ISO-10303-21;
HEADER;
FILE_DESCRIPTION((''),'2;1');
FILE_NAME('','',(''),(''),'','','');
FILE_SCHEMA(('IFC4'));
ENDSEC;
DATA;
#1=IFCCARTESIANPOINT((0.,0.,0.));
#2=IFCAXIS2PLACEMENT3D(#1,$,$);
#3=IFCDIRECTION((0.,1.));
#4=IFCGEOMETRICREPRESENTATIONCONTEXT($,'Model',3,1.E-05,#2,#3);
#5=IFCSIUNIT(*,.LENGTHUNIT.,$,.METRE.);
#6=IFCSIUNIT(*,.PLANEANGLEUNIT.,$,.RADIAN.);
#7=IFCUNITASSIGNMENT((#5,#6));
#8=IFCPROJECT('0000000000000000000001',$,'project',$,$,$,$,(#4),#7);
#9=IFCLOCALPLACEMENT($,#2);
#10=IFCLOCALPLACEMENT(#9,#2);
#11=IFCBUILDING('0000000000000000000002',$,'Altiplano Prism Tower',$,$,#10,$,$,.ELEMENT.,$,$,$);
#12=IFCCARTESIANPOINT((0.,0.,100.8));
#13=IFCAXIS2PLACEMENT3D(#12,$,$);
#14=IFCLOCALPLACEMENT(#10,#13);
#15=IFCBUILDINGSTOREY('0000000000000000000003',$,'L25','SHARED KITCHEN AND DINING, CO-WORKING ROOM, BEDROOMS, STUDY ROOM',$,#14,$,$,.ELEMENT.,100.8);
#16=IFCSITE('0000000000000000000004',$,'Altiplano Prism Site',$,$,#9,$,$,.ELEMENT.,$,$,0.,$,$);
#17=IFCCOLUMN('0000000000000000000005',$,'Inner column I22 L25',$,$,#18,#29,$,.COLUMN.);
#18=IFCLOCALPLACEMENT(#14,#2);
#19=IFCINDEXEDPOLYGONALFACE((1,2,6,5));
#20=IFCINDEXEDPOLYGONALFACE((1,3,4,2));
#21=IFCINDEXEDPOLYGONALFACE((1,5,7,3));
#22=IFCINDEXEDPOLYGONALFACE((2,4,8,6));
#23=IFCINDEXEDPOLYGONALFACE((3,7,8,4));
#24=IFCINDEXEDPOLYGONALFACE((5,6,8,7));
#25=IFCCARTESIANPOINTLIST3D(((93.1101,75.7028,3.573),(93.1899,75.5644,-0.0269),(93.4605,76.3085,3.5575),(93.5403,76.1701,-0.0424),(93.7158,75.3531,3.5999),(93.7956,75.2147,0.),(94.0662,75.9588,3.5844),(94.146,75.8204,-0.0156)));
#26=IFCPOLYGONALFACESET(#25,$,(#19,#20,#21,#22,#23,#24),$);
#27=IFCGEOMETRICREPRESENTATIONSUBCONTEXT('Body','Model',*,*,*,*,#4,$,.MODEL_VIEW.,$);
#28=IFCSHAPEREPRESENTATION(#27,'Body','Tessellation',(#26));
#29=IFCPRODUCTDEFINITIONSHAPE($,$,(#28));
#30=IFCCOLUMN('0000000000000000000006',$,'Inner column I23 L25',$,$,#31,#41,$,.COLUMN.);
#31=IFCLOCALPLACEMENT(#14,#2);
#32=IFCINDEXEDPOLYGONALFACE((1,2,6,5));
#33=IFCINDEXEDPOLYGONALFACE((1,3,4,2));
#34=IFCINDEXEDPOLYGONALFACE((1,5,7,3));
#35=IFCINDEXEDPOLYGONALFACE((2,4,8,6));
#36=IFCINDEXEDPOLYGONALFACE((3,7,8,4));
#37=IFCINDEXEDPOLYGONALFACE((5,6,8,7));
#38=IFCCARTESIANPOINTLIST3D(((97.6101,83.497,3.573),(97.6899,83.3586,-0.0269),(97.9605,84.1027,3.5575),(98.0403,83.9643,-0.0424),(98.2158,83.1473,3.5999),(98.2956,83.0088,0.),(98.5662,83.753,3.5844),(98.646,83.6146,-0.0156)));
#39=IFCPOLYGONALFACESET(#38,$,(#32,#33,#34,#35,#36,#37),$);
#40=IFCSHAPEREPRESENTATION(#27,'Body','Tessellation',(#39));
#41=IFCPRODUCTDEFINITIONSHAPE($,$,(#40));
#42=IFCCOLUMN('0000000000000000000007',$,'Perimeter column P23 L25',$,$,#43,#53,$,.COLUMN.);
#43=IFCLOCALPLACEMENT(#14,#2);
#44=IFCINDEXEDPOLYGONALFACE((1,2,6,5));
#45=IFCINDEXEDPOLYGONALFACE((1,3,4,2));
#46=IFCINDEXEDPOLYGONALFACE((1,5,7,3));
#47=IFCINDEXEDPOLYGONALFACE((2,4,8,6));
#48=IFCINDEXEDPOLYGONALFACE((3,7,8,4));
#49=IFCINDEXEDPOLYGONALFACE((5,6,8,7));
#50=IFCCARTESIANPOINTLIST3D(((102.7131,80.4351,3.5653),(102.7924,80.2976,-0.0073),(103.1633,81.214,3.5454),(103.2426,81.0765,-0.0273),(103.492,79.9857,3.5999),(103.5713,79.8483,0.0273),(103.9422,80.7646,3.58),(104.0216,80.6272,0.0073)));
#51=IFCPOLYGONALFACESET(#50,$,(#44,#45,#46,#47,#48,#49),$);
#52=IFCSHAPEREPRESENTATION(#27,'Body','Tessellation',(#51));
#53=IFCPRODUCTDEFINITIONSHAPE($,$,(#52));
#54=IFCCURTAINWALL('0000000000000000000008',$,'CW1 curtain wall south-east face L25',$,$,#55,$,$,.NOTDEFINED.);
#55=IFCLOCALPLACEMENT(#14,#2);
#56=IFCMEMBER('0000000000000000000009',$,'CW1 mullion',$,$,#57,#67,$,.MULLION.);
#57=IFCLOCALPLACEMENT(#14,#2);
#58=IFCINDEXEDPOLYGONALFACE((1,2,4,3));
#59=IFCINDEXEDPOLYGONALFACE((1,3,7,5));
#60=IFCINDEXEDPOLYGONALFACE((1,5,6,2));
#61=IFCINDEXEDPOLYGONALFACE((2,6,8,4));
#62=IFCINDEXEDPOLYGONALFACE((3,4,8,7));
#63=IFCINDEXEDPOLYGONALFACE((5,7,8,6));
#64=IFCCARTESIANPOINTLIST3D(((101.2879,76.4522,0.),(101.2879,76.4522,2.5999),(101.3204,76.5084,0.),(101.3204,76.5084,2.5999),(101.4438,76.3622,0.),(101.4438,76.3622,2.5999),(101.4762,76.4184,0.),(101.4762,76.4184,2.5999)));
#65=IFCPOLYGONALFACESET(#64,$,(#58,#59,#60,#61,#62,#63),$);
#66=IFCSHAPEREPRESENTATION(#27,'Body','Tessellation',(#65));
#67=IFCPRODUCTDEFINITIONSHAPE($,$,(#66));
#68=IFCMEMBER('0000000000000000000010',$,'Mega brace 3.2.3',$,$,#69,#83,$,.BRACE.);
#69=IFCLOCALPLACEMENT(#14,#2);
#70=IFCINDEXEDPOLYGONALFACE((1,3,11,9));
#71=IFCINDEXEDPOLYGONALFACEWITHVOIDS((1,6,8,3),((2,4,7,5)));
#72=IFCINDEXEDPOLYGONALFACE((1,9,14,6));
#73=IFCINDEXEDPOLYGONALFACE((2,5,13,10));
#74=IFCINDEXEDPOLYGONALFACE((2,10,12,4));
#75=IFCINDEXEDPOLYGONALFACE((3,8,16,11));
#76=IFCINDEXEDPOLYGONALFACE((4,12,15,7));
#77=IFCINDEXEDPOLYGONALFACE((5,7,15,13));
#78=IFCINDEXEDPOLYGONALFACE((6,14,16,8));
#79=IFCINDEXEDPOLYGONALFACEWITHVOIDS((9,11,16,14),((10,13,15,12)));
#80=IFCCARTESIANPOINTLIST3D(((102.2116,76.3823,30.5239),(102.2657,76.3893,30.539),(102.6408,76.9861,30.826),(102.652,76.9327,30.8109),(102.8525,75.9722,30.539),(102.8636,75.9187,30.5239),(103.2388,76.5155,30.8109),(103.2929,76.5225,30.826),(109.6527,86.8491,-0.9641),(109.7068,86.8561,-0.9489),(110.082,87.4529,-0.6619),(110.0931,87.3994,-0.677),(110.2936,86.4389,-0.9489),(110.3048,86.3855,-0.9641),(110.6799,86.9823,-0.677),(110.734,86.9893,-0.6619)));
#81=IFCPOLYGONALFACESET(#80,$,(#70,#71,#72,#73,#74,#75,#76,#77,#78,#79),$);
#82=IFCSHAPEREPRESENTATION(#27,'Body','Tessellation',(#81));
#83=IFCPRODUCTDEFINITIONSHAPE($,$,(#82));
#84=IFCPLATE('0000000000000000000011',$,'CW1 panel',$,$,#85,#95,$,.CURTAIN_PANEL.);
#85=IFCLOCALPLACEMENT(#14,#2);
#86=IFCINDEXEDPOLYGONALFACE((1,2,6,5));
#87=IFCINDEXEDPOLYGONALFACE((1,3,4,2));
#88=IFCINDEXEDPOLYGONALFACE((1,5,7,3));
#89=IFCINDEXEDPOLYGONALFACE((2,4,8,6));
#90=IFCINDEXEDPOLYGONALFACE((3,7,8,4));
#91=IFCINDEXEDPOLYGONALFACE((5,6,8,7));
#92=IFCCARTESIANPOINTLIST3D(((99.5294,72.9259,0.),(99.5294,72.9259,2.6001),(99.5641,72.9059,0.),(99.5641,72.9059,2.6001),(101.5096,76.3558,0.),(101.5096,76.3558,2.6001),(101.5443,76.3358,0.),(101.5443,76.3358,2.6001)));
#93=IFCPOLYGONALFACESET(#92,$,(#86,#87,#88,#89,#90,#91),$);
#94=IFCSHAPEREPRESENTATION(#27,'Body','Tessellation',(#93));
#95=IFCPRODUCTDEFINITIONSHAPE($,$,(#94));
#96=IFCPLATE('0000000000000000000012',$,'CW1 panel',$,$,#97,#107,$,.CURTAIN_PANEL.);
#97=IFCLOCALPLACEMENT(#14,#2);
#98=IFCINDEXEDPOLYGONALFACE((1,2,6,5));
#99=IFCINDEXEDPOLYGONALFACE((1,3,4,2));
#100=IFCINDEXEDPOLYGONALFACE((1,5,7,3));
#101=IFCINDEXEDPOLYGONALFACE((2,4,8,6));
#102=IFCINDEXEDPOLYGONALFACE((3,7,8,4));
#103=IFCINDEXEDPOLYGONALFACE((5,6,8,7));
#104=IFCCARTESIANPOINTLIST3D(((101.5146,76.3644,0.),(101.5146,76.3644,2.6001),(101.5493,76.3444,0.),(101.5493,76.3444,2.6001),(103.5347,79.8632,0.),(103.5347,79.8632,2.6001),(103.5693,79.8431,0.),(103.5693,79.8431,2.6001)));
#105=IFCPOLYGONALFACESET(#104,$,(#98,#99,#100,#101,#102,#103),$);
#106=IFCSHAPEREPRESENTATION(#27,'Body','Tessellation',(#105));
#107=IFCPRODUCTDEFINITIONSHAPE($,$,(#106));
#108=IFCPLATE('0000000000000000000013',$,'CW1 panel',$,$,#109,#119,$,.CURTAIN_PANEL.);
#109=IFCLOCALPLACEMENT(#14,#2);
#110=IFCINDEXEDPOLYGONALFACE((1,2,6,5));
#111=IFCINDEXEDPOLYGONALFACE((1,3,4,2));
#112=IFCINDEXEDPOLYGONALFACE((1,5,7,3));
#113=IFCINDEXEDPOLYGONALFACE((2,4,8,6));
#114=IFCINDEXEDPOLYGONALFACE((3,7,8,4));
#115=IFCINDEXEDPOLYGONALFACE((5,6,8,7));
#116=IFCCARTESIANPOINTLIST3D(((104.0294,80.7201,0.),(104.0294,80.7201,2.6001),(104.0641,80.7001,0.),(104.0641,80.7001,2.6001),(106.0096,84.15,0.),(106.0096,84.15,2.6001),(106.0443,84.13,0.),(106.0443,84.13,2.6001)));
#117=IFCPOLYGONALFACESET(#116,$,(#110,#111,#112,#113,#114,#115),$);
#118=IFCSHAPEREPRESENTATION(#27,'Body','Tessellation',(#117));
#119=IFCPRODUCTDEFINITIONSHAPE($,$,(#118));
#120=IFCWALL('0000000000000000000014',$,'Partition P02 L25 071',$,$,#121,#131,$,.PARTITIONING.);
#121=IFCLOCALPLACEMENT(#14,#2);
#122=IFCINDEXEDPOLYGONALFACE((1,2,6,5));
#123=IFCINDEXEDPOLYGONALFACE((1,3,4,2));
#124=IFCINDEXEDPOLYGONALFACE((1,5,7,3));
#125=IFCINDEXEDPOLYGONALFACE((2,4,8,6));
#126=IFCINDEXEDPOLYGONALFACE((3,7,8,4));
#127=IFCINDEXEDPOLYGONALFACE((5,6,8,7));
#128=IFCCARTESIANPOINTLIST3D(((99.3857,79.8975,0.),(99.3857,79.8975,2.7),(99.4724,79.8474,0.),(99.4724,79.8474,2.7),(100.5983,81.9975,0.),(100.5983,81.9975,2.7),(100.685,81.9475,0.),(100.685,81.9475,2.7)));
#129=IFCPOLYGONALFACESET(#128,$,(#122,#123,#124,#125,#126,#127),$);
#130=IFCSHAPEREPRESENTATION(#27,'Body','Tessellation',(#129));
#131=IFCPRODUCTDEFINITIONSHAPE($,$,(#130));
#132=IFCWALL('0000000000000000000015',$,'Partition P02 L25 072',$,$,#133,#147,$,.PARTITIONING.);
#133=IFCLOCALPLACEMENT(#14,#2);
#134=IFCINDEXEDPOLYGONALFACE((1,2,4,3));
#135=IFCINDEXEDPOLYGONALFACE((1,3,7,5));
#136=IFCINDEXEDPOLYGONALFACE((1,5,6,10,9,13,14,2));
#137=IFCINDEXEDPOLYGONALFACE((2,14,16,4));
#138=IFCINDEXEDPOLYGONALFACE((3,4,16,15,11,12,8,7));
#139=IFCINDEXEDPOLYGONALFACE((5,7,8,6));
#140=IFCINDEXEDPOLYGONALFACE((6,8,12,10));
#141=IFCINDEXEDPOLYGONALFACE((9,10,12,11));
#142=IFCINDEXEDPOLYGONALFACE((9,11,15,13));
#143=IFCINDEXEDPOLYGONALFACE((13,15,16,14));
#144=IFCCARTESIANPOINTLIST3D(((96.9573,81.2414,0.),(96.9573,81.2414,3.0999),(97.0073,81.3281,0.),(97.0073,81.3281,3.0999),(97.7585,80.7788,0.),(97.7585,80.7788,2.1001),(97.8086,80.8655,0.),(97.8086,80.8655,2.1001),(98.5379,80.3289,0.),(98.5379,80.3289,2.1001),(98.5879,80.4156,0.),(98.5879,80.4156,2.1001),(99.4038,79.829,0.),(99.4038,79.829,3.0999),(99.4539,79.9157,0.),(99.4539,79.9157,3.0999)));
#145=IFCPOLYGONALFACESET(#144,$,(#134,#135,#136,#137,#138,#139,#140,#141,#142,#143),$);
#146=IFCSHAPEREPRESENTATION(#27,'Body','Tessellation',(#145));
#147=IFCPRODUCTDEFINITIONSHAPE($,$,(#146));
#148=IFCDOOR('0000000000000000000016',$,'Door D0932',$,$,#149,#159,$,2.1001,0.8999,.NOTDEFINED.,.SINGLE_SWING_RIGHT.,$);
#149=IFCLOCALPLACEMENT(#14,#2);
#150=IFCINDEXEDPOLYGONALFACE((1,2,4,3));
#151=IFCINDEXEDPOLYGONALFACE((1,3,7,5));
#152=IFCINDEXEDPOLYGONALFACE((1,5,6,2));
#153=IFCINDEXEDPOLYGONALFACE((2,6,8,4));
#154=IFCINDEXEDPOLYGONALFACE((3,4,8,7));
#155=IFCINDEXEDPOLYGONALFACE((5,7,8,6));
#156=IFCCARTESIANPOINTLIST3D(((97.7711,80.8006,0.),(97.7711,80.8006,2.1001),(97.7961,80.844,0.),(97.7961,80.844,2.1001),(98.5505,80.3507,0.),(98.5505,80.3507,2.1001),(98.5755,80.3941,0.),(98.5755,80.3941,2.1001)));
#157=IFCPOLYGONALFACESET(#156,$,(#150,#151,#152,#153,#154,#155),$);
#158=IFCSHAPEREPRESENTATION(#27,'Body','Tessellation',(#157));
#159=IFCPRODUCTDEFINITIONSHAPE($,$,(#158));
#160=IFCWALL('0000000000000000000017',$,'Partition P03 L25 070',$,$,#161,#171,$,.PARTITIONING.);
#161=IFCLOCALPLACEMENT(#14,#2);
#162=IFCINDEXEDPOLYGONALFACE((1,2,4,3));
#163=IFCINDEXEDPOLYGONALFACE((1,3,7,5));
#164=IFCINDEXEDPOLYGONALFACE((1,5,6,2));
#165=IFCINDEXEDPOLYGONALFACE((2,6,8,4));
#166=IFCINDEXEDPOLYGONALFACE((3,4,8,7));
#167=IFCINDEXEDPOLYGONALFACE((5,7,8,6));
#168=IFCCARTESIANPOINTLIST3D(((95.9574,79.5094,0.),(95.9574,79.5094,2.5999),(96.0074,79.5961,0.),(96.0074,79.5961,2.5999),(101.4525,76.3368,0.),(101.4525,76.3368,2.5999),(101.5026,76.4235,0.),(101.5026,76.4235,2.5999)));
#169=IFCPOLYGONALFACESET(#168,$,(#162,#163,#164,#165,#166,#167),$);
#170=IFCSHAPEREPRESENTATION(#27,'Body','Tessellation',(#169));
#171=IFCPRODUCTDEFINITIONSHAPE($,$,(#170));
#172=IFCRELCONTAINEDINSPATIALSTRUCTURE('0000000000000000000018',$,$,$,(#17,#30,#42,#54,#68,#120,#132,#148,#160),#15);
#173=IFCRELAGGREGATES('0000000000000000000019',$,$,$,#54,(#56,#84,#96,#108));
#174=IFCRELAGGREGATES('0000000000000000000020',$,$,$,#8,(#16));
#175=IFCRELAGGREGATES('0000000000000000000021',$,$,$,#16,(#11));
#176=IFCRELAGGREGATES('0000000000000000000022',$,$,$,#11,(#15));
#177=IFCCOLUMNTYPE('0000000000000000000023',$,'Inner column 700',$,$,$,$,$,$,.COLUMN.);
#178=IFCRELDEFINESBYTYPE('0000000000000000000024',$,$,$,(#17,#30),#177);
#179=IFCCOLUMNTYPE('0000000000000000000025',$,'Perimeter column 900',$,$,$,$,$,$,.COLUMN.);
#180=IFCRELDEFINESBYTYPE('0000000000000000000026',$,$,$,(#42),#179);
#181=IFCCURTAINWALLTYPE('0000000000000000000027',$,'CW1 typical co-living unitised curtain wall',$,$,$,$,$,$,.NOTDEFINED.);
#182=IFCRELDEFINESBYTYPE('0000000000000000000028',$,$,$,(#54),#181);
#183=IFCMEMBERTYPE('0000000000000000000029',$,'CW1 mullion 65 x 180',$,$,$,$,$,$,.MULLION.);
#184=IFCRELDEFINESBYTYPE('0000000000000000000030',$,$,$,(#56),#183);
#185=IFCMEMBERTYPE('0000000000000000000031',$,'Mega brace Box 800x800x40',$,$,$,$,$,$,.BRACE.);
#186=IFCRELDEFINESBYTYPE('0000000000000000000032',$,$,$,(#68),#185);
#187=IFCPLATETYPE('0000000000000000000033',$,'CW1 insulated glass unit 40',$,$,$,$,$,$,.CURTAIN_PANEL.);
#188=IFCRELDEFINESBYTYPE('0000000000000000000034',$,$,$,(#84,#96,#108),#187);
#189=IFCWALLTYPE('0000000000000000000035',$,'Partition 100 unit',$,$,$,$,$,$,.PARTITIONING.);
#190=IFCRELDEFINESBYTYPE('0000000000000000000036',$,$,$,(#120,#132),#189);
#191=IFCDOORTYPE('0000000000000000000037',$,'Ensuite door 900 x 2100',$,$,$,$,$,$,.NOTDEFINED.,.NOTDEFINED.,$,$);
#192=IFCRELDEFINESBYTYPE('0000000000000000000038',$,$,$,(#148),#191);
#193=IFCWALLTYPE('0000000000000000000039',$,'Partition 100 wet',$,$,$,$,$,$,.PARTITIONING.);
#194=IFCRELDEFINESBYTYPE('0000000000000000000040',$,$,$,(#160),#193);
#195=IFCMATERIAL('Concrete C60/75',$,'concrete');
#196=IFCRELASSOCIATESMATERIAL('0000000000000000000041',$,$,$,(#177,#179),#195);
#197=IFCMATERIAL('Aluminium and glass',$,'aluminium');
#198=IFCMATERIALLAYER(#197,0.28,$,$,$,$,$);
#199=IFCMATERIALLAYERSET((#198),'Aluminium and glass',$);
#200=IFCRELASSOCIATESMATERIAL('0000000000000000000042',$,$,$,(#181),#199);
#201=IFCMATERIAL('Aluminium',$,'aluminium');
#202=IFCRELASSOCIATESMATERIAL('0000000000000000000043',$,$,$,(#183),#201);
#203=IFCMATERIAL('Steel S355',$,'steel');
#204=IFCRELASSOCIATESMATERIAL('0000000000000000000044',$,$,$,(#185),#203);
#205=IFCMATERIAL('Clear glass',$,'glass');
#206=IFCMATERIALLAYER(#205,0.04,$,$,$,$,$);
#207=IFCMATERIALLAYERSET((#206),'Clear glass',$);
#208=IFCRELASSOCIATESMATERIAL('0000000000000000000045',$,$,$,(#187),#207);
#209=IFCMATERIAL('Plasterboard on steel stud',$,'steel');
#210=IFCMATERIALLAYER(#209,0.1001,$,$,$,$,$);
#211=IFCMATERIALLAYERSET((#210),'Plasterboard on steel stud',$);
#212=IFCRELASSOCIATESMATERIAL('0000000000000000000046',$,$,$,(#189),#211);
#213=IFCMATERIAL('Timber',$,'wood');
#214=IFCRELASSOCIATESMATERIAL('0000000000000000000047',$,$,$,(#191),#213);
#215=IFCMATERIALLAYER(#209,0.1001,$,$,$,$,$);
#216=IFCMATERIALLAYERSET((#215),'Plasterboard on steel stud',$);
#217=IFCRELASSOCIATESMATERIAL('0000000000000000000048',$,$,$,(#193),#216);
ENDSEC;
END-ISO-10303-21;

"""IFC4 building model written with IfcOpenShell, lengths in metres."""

from ifc_helpers import new_model, si_unit, direction, frame, frame_2d, origin, origin_2d, place, context, subcontext, project, spatial, rectangle, hollow_rectangle, extrude, material, layer, layer_set, material_profile, profile_set, type_object, element, fill, aggregate, save


model = new_model("IFC4")

# Units and contexts
model_context = context("Model", 3, precision=1e-05, world=origin(), true_north=direction((0.0, 1.0)))
body_context = subcontext(model_context, "Body", "Model", "MODEL_VIEW")
ifc_project = project(units=[si_unit("LENGTHUNIT", "METRE"), si_unit("PLANEANGLEUNIT", "RADIAN")], contexts=[model_context])

# Site, building, storey
site_placement = place(None, origin())
site = spatial("IfcSite", under=ifc_project, at=site_placement, Name="Altiplano Prism Site", CompositionType="ELEMENT", RefElevation=0.0)
building_placement = place(site_placement, origin())
building = spatial("IfcBuilding", under=site, at=building_placement, Name="Altiplano Prism Tower", CompositionType="ELEMENT")
storey_placement = place(building_placement, frame((0.0, 0.0, 100.8)))
storey = spatial("IfcBuildingStorey", under=building, at=storey_placement, Name="L25", Description="SHARED KITCHEN AND DINING, CO-WORKING ROOM, BEDROOMS, STUDY ROOM", CompositionType="ELEMENT", Elevation=100.8)

# Columns
ifc_material_1 = material(Name="Concrete C60/75", Category="concrete")
ifc_material_profile_1 = material_profile(ifc_material_1, rectangle(XDim=0.7, YDim=0.7, at=origin_2d()), Name="Inner column 700")
ifc_profile_set_1 = profile_set([ifc_material_profile_1], Name="Concrete C60/75")
column_type_1 = type_object("IfcColumnType", Name="Inner column 700", PredefinedType="COLUMN", material=ifc_profile_set_1)
for number, where, z_axis, x_axis, name in (
    (1, (93.668, 75.6924, -0.0212), (-0.022155, 0.038416, 0.999016), (-0.500653, -0.865364, 0.022173), "Inner column I22 L25"),
    (2, (98.168, 83.4866, -0.0212), (-0.022155, 0.038416, 0.999016), (-0.500653, -0.865364, 0.022173), "Inner column I23 L25"),
):
    element("IfcColumn", number, at=place(storey_placement, frame(where, z_axis=z_axis, x_axis=x_axis)), inside=storey, type_object=column_type_1, Name=name, PredefinedType="COLUMN", context=body_context, shape_type="SweptSolid", body=[
        extrude(rectangle(XDim=0.7, YDim=0.7, at=origin_2d()), origin(), (0.0, 0.0, 1.0), 3.6035),
    ])
ifc_material_profile_2 = material_profile(ifc_material_1, rectangle(XDim=0.8999, YDim=0.8999, at=origin_2d()), Name="Perimeter column 900")
ifc_profile_set_2 = profile_set([ifc_material_profile_2], Name="Concrete C60/75")
column_type_2 = type_object("IfcColumnType", Name="Perimeter column 900", PredefinedType="COLUMN", material=ifc_profile_set_2)
column_placement = place(storey_placement, frame((103.407, 80.4624, 0.0), z_axis=(-0.022187, 0.038434, 0.999015), x_axis=(-0.500299, -0.865568, 0.022189)))
element("IfcColumn", 3, at=column_placement, inside=storey, type_object=column_type_2, Name="Perimeter column P23 L25", PredefinedType="COLUMN", context=body_context, shape_type="SweptSolid", body=[
    extrude(rectangle(XDim=0.8999, YDim=0.8999, at=origin_2d()), origin(), (0.0, 0.0, 1.0), 3.5762),
])

# Curtain wall, member
ifc_material_2 = material(Name="Aluminium and glass", Category="aluminium")
ifc_layer_1 = layer(ifc_material_2, 0.28)
ifc_layer_set_1 = layer_set([ifc_layer_1], Name="Aluminium and glass")
curtain_wall_type = type_object("IfcCurtainWallType", Name="CW1 typical co-living unitised curtain wall", PredefinedType="NOTDEFINED", material=ifc_layer_set_1)
curtain_wall_placement = place(storey_placement, origin())
curtain_wall = element("IfcCurtainWall", 4, at=curtain_wall_placement, inside=storey, type_object=curtain_wall_type, Name="CW1 curtain wall south-east face L25", PredefinedType="NOTDEFINED")
ifc_material_3 = material(Name="Aluminium", Category="aluminium")
ifc_material_profile_3 = material_profile(ifc_material_3, rectangle(XDim=0.1799, YDim=0.0649, at=origin_2d()), Name="CW1 mullion 65 x 180")
ifc_profile_set_3 = profile_set([ifc_material_profile_3], Name="Aluminium")
member_type_1 = type_object("IfcMemberType", Name="CW1 mullion 65 x 180", PredefinedType="MULLION", material=ifc_profile_set_3)
member_1_placement = place(storey_placement, frame((101.3821, 76.4353, 0.0), z_axis=(0.0, 0.0, 1.0), x_axis=(-0.866025, 0.5, 0.0)))
member_1 = element("IfcMember", 5, at=member_1_placement, type_object=member_type_1, Name="CW1 mullion", PredefinedType="MULLION", context=body_context, shape_type="SweptSolid", body=[
    extrude(rectangle(XDim=0.1799, YDim=0.0649, at=origin_2d()), origin(), (0.0, 0.0, 1.0), 2.5999),
])

# Member
ifc_material_4 = material(Name="Steel S355", Category="steel")
ifc_material_profile_4 = material_profile(ifc_material_4, hollow_rectangle(XDim=0.8, YDim=0.8, WallThickness=0.04, at=origin_2d()), Name="Mega brace Box 800x800x40")
ifc_profile_set_4 = profile_set([ifc_material_profile_4], Name="Steel S355")
member_type_2 = type_object("IfcMemberType", Name="Mega brace Box 800x800x40", PredefinedType="BRACE", material=ifc_profile_set_4)
member_2_placement = place(storey_placement, frame((110.1934, 86.9192, -0.813), z_axis=(-0.218818, -0.307791, 0.92595), x_axis=(0.815025, -0.579426, 0.0)))
element("IfcMember", 6, at=member_2_placement, inside=storey, type_object=member_type_2, Name="Mega brace 3.2.3", PredefinedType="BRACE", context=body_context, shape_type="SweptSolid", body=[
    extrude(hollow_rectangle(XDim=0.8, YDim=0.8, WallThickness=0.04, at=origin_2d()), origin(), (0.0, 0.0, 1.0), 34.0061),
])

# Plates
ifc_material_5 = material(Name="Clear glass", Category="glass")
ifc_layer_2 = layer(ifc_material_5, 0.04)
ifc_layer_set_2 = layer_set([ifc_layer_2], Name="Clear glass")
plate_type = type_object("IfcPlateType", Name="CW1 insulated glass unit 40", PredefinedType="CURTAIN_PANEL", material=ifc_layer_set_2)
plate_1_placement = place(storey_placement, frame((100.5369, 74.6309, 0.0), z_axis=(0.0, 0.0, 1.0), x_axis=(0.5, 0.866025, 0.0)))
plate_1 = element("IfcPlate", 7, at=plate_1_placement, type_object=plate_type, Name="CW1 panel", PredefinedType="CURTAIN_PANEL", context=body_context, shape_type="SweptSolid", body=[
    extrude(rectangle(XDim=3.9604, YDim=0.04, at=origin_2d()), origin(), (0.0, 0.0, 1.0), 2.6001),
])
plate_2_placement = place(storey_placement, frame((102.542, 78.1038, 0.0), z_axis=(0.0, 0.0, 1.0), x_axis=(0.5, 0.866025, 0.0)))
plate_2 = element("IfcPlate", 8, at=plate_2_placement, type_object=plate_type, Name="CW1 panel", PredefinedType="CURTAIN_PANEL", context=body_context, shape_type="SweptSolid", body=[
    extrude(rectangle(XDim=4.04, YDim=0.04, at=origin_2d()), origin(), (0.0, 0.0, 1.0), 2.6001),
])
plate_3_placement = place(storey_placement, frame((105.0369, 82.425, 0.0), z_axis=(0.0, 0.0, 1.0), x_axis=(0.5, 0.866025, 0.0)))
plate_3 = element("IfcPlate", 9, at=plate_3_placement, type_object=plate_type, Name="CW1 panel", PredefinedType="CURTAIN_PANEL", context=body_context, shape_type="SweptSolid", body=[
    extrude(rectangle(XDim=3.9604, YDim=0.04, at=origin_2d()), origin(), (0.0, 0.0, 1.0), 2.6001),
])
aggregate(curtain_wall, [member_1, plate_1, plate_2, plate_3])

# Wall
ifc_material_6 = material(Name="Plasterboard on steel stud", Category="steel")
ifc_layer_3 = layer(ifc_material_6, 0.1001)
ifc_layer_set_3 = layer_set([ifc_layer_3], Name="Plasterboard on steel stud")
wall_type_1 = type_object("IfcWallType", Name="Partition 100 unit", PredefinedType="PARTITIONING", material=ifc_layer_set_3)
wall_1_placement = place(storey_placement, frame((100.6416, 81.9724, 0.0), z_axis=(0.0, 0.0, 1.0), x_axis=(-0.500048, -0.865998, 0.0)))
element("IfcWall", 10, at=wall_1_placement, inside=storey, type_object=wall_type_1, Name="Partition P02 L25 071", PredefinedType="PARTITIONING", context=body_context, shape_type="SweptSolid", body=[
    extrude(rectangle(XDim=2.425, YDim=0.1001, at=frame_2d((1.2124, 0.0))), origin(), (0.0, 0.0, 1.0), 2.7),
])

# Wall, opening, door
wall_2_placement = place(storey_placement, frame((99.429, 79.8723, 0.0), z_axis=(0.0, 0.0, 1.0), x_axis=(-0.866049, 0.499959, 0.0)))
wall_2 = element("IfcWall", 11, at=wall_2_placement, inside=storey, type_object=wall_type_1, Name="Partition P02 L25 072", PredefinedType="PARTITIONING", context=body_context, shape_type="SweptSolid", body=[
    extrude(rectangle(XDim=2.825, YDim=0.1001, at=frame_2d((1.4126, 0.0))), origin(), (0.0, 0.0, 1.0), 3.0999),
])
opening_placement = place(wall_2_placement, frame((1.0, 0.0, 0.0)))
opening = element("IfcOpeningElement", 12, at=opening_placement, cuts=wall_2, PredefinedType="OPENING", context=body_context, shape_type="SweptSolid", body=[
    extrude(rectangle(XDim=0.8999, YDim=2.1001, at=frame_2d((0.45, 1.05))), frame((0.0, 0.0605, 0.0), z_axis=(0.0, -1.0, 0.0), x_axis=(1.0, 0.0, 0.0)), (0.0, 0.0, 1.0), 0.1211),
])
ifc_material_7 = material(Name="Timber", Category="wood")
door_type = type_object("IfcDoorType", Name="Ensuite door 900 x 2100", OperationType="NOTDEFINED", PredefinedType="NOTDEFINED", material=ifc_material_7)
door_placement = place(opening_placement, origin())
door = element("IfcDoor", 13, at=door_placement, inside=storey, type_object=door_type, Name="Door D0932", OperationType="SINGLE_SWING_RIGHT", OverallHeight=2.1001, OverallWidth=0.8999, PredefinedType="NOTDEFINED", context=body_context, shape_type="SweptSolid", body=[
    extrude(rectangle(XDim=0.8999, YDim=2.1001, at=frame_2d((0.45, 1.05))), frame((0.0, 0.0249, 0.0), z_axis=(0.0, -1.0, 0.0), x_axis=(1.0, 0.0, 0.0)), (0.0, 0.0, 1.0), 0.05),
])
fill(opening, door)

# Wall
ifc_layer_4 = layer(ifc_material_6, 0.1001)
ifc_layer_set_4 = layer_set([ifc_layer_4], Name="Plasterboard on steel stud")
wall_type_2 = type_object("IfcWallType", Name="Partition 100 wet", PredefinedType="PARTITIONING", material=ifc_layer_set_4)
wall_3_placement = place(storey_placement, frame((101.4775, 76.3801, 0.0), z_axis=(0.0, 0.0, 1.0), x_axis=(-0.866025, 0.5, 0.0)))
element("IfcWall", 14, at=wall_3_placement, inside=storey, type_object=wall_type_2, Name="Partition P03 L25 070", PredefinedType="PARTITIONING", context=body_context, shape_type="SweptSolid", body=[
    extrude(rectangle(XDim=6.3452, YDim=0.1001, at=frame_2d((3.1726, 0.0))), origin(), (0.0, 0.0, 1.0), 2.5999),
])

save(model, "model.ifc")
